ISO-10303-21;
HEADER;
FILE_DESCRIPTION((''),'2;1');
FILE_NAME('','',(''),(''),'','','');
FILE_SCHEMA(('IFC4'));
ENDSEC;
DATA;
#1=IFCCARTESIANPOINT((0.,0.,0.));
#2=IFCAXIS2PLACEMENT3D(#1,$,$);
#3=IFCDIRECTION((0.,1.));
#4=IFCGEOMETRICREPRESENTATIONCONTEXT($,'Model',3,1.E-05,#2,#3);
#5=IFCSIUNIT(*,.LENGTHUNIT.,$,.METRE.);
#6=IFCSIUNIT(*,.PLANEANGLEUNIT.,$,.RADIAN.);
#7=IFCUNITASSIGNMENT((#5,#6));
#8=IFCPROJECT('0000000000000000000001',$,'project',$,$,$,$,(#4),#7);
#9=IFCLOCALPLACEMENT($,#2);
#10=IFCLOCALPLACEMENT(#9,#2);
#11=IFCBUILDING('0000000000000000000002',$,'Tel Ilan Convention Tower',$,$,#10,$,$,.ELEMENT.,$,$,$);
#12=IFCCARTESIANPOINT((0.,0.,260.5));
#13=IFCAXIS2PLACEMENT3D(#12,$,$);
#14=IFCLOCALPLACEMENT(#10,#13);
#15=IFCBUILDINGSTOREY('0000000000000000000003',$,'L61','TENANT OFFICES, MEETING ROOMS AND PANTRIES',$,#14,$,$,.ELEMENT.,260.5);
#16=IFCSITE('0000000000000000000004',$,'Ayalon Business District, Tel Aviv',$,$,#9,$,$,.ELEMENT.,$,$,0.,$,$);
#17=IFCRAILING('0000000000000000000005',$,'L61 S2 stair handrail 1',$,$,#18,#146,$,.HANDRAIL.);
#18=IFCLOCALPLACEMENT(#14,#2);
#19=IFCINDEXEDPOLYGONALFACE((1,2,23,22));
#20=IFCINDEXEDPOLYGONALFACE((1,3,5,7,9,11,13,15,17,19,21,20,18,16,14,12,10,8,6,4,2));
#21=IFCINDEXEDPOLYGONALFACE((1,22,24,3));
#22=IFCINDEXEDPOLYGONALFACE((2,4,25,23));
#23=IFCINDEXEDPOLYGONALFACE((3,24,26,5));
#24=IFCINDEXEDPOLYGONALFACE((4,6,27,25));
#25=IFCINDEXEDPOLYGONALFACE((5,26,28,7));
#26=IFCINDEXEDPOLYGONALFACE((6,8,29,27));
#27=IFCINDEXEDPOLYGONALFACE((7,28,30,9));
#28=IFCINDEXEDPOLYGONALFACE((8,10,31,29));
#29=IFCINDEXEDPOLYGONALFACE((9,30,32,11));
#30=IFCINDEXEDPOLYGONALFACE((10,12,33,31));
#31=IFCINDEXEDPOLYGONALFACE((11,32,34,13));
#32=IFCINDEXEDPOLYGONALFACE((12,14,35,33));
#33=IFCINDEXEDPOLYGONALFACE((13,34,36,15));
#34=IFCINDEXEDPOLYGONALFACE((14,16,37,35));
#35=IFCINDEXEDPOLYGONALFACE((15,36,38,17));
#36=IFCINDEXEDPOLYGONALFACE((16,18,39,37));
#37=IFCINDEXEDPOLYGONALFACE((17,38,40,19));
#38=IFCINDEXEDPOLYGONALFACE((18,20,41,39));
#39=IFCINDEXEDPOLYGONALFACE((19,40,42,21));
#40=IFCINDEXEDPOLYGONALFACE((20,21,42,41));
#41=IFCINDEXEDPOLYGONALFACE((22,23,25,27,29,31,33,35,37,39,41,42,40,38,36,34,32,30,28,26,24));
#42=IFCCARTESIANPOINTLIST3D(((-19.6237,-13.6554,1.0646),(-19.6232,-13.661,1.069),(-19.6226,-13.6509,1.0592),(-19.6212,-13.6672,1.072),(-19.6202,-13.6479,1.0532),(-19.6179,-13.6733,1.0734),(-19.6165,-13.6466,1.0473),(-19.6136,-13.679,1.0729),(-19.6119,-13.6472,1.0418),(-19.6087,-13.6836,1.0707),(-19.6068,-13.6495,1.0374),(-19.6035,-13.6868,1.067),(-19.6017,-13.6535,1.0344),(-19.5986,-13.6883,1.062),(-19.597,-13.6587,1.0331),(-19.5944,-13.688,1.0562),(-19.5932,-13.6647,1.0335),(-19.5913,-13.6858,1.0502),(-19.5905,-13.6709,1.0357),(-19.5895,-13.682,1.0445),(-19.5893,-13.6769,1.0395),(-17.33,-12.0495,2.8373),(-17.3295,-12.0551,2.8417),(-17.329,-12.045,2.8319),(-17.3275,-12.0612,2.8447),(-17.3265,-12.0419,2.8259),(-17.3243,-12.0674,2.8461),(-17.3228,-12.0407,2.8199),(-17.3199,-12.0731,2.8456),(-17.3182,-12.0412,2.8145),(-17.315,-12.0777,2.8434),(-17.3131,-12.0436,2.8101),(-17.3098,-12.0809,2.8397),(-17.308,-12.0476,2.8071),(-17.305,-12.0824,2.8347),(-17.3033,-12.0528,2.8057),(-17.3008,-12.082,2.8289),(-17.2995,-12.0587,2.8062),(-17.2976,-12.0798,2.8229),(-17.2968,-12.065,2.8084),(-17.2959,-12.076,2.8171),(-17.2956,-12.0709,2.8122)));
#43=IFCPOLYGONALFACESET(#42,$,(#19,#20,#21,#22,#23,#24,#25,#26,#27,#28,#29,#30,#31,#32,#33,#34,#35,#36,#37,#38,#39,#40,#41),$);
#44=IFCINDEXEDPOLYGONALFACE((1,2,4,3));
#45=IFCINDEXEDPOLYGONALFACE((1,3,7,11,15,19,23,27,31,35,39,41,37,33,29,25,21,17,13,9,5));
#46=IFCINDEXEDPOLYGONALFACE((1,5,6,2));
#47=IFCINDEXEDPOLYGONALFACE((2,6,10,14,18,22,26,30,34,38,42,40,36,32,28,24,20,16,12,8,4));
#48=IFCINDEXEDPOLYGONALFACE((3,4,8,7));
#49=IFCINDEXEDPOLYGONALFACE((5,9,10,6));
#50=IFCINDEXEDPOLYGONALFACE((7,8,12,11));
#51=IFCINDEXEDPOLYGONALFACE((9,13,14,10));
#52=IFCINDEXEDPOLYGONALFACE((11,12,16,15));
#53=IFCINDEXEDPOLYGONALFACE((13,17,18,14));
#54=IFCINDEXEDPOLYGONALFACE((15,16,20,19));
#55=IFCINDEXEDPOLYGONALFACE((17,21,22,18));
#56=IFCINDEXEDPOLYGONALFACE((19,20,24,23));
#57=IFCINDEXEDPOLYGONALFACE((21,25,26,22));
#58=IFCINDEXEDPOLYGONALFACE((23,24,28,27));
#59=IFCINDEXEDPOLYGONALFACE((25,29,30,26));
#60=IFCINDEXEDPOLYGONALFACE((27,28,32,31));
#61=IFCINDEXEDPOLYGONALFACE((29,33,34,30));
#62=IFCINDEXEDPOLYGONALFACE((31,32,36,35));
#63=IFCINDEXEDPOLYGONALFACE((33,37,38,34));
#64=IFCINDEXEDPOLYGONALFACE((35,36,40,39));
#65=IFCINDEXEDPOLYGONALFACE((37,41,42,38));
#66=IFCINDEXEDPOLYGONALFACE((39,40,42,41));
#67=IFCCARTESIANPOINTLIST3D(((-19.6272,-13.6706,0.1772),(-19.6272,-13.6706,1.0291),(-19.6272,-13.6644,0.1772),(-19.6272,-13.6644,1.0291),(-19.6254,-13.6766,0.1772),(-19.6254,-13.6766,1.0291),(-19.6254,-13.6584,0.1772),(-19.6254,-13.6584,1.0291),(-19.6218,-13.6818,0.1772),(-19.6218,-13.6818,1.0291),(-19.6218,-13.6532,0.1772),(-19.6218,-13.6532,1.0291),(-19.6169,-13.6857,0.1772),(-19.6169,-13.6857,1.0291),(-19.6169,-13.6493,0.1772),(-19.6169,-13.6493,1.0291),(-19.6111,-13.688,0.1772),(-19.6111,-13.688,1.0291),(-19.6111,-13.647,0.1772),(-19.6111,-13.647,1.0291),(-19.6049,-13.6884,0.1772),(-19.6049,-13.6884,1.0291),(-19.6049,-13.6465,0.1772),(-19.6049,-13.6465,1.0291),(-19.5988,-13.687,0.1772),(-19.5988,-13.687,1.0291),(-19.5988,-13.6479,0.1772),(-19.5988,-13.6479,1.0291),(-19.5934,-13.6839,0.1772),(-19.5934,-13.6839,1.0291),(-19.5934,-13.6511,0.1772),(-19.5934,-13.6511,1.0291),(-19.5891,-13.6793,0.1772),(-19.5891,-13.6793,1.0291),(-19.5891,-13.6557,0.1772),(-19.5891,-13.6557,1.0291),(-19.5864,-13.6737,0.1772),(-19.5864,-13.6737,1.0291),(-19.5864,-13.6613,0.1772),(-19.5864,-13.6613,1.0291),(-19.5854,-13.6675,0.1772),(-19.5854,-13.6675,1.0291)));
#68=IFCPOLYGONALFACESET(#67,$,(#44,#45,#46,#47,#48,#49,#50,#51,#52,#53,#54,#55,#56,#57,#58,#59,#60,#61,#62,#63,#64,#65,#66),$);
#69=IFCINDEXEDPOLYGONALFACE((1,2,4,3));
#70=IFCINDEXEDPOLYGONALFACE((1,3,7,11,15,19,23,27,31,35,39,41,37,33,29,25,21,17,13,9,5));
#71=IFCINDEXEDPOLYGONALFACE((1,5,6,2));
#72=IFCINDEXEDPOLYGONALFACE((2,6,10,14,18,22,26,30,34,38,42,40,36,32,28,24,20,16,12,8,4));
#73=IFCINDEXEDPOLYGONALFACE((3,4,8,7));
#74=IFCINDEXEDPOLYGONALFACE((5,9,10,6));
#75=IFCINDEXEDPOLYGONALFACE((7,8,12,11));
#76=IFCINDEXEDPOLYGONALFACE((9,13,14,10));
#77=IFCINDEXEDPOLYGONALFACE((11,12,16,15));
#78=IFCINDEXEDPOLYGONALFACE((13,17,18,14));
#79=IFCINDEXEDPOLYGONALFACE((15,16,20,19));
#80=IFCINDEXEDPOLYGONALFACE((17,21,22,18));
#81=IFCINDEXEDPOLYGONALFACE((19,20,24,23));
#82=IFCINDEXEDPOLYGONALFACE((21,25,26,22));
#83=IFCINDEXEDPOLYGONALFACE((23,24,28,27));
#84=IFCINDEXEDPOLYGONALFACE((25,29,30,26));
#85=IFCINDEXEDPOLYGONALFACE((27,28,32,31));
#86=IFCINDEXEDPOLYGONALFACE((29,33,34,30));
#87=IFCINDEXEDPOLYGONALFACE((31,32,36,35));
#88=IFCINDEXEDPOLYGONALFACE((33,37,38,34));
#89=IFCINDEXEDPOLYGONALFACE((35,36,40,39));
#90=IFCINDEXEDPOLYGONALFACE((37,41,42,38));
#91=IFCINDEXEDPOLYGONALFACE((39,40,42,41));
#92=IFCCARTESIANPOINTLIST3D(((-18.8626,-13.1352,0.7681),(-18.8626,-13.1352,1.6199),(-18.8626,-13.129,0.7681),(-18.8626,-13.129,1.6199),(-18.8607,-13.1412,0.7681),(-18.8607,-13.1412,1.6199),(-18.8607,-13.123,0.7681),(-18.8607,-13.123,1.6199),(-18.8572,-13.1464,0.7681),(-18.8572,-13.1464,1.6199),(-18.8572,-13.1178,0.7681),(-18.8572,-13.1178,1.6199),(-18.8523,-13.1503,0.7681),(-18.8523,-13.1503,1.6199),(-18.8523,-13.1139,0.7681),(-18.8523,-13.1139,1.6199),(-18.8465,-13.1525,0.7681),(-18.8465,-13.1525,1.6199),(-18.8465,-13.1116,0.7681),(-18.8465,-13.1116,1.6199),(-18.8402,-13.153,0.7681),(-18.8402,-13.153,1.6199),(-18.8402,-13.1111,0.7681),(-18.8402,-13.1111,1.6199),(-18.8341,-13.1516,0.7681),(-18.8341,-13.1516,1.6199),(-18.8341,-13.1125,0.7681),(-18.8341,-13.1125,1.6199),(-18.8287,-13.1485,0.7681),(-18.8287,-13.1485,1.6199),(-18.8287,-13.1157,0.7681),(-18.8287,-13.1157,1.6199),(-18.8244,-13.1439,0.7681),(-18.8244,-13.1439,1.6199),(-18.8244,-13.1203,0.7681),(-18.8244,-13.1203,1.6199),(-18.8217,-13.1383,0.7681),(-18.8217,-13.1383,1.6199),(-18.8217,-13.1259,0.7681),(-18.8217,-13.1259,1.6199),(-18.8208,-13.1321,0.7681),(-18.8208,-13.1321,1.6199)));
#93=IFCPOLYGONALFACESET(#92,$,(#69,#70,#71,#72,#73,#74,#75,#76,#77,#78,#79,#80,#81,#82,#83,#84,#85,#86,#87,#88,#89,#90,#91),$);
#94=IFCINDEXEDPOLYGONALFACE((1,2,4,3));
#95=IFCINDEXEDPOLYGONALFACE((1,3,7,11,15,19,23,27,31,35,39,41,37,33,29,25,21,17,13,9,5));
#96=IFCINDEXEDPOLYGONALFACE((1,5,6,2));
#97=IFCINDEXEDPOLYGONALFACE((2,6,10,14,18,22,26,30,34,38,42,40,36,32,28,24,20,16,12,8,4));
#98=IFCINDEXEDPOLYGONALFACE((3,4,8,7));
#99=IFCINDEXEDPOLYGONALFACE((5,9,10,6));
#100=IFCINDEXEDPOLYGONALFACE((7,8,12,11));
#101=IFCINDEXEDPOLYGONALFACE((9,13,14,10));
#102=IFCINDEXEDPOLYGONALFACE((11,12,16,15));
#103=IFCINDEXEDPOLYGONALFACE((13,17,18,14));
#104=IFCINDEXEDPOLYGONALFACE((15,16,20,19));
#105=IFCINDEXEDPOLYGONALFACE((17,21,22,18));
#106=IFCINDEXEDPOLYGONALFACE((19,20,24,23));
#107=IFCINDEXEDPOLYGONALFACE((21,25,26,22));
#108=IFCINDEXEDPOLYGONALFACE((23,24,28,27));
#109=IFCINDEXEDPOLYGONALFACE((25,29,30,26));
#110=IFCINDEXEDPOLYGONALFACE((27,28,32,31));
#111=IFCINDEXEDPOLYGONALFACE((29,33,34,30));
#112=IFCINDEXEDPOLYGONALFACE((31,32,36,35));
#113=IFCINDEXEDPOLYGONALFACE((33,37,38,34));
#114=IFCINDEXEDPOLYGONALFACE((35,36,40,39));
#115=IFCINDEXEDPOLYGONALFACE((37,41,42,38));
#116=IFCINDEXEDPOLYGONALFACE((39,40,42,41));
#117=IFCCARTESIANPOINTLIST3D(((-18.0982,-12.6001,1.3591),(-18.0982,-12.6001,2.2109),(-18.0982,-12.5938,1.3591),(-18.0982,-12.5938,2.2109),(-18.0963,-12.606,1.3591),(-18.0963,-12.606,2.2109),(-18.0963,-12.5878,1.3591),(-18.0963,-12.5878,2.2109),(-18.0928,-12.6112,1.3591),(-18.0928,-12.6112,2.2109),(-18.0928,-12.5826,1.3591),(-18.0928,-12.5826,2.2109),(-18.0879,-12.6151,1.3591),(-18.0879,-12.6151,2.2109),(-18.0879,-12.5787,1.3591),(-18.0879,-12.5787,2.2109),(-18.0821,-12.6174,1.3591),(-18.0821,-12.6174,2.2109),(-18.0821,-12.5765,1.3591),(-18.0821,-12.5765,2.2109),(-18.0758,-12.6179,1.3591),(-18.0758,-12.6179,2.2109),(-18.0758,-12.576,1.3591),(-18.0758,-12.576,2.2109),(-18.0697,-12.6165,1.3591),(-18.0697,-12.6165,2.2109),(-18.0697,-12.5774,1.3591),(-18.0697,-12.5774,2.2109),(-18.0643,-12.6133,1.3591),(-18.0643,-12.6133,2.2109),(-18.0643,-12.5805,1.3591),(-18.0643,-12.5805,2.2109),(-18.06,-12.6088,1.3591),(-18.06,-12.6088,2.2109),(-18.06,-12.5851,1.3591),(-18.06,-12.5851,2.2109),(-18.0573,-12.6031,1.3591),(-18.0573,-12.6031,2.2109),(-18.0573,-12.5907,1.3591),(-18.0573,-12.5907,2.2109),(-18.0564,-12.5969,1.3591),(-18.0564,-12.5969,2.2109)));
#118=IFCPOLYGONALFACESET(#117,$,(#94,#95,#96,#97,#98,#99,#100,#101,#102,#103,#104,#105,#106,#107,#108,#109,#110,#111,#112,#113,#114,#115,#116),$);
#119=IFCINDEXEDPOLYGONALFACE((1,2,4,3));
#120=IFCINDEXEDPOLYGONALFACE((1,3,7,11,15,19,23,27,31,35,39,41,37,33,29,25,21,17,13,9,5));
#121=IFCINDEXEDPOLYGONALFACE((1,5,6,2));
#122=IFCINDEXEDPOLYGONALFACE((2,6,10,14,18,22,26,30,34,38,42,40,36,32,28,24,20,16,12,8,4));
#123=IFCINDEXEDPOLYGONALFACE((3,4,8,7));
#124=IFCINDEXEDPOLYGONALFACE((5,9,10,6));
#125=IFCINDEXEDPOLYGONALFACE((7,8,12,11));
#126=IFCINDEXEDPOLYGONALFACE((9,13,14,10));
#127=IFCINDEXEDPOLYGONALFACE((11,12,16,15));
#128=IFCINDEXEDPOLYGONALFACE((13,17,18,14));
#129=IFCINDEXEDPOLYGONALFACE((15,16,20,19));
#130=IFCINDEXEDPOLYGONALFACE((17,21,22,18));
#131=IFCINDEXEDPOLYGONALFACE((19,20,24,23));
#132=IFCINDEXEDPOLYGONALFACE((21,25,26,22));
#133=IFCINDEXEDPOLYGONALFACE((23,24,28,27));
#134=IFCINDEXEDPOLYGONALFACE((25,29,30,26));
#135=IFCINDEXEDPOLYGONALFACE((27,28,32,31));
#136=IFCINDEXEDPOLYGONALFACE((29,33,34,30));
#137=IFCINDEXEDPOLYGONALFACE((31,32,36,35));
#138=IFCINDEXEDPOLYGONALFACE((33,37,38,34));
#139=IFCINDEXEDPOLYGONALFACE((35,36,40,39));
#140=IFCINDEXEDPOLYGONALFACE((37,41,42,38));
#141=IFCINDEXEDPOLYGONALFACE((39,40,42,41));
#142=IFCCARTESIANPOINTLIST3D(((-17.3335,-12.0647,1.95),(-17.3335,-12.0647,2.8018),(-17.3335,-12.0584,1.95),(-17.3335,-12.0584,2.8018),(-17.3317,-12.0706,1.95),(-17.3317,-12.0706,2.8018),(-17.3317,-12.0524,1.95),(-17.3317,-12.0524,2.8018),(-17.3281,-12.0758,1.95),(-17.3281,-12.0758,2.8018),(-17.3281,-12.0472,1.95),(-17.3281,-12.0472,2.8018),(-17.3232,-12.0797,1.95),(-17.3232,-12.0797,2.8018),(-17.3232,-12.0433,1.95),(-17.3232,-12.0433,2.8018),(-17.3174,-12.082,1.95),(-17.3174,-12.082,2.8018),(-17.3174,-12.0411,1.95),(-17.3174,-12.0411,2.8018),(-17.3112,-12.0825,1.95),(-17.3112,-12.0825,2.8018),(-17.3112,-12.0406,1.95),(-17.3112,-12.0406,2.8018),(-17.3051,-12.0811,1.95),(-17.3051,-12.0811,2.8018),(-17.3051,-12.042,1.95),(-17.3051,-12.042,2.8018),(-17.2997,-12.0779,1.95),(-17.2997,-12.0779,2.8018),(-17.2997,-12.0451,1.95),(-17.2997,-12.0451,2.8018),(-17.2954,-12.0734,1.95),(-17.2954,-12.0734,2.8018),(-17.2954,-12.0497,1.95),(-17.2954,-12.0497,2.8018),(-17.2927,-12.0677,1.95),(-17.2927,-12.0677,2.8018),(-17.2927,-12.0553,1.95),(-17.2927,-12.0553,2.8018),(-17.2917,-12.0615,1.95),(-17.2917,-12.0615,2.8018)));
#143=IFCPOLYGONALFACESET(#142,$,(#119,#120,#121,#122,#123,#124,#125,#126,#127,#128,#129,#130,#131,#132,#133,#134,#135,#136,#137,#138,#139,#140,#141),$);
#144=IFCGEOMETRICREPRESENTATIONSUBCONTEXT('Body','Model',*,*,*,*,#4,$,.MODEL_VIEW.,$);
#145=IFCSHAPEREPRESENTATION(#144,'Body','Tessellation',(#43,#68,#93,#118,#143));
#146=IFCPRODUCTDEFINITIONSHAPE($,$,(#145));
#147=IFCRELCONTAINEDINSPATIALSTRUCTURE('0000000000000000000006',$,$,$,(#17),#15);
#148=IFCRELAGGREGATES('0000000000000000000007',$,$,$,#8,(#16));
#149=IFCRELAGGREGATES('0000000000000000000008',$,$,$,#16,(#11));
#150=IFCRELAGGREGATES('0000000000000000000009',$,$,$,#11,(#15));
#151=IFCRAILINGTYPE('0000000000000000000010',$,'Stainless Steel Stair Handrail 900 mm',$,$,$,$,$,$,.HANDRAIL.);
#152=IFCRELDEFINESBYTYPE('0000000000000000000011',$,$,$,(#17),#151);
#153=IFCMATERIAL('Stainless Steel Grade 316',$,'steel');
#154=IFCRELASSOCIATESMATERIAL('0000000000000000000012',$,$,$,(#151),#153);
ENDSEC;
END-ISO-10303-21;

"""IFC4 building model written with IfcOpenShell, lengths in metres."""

from ifc_helpers import new_model, si_unit, direction, frame, origin, origin_2d, place, context, subcontext, project, spatial, circle, extrude, material, type_object, element, save


model = new_model("IFC4")

# Units and contexts
model_context = context("Model", 3, precision=1e-05, world=origin(), true_north=direction((0.0, 1.0)))
body_context = subcontext(model_context, "Body", "Model", "MODEL_VIEW")
ifc_project = project(units=[si_unit("LENGTHUNIT", "METRE"), si_unit("PLANEANGLEUNIT", "RADIAN")], contexts=[model_context])

# Site, building, storey
site_placement = place(None, origin())
site = spatial("IfcSite", under=ifc_project, at=site_placement, Name="Ayalon Business District, Tel Aviv", CompositionType="ELEMENT", RefElevation=0.0)
building_placement = place(site_placement, origin())
building = spatial("IfcBuilding", under=site, at=building_placement, Name="Tel Ilan Convention Tower", CompositionType="ELEMENT")
storey_placement = place(building_placement, frame((0.0, 0.0, 260.5)))
storey = spatial("IfcBuildingStorey", under=building, at=storey_placement, Name="L61", Description="TENANT OFFICES, MEETING ROOMS AND PANTRIES", CompositionType="ELEMENT", Elevation=260.5)

# Railing
ifc_material_1 = material(Name="Stainless Steel Grade 316", Category="steel")
railing_type = type_object("IfcRailingType", Name="Stainless Steel Stair Handrail 900 mm", PredefinedType="HANDRAIL", material=ifc_material_1)
railing_placement = place(storey_placement, frame((-19.6064, -13.6675, 0.1772)))
element("IfcRailing", 1, at=railing_placement, inside=storey, type_object=railing_type, Name="L61 S2 stair handrail 1", PredefinedType="HANDRAIL", context=body_context, shape_type="SweptSolid", body=[
    extrude(circle(Radius=0.0239, at=origin_2d()), frame((0.0, 0.0, 0.876), z_axis=(0.692123, 0.484597, 0.534913), x_axis=(-0.57355, 0.81917, 0.0)), (0.0, 0.0, 1.0), 3.314),
    extrude(circle(Radius=0.021, at=origin_2d()), origin(), (0.0, 0.0, 1.0), 0.8518),
    extrude(circle(Radius=0.021, at=origin_2d()), frame((0.7646, 0.5354, 0.5908)), (0.0, 0.0, 1.0), 0.8518),
    extrude(circle(Radius=0.021, at=origin_2d()), frame((1.5291, 1.0706, 1.1819)), (0.0, 0.0, 1.0), 0.8518),
    extrude(circle(Radius=0.021, at=origin_2d()), frame((2.2937, 1.606, 1.7727)), (0.0, 0.0, 1.0), 0.8518),
])

save(model, "model.ifc")
